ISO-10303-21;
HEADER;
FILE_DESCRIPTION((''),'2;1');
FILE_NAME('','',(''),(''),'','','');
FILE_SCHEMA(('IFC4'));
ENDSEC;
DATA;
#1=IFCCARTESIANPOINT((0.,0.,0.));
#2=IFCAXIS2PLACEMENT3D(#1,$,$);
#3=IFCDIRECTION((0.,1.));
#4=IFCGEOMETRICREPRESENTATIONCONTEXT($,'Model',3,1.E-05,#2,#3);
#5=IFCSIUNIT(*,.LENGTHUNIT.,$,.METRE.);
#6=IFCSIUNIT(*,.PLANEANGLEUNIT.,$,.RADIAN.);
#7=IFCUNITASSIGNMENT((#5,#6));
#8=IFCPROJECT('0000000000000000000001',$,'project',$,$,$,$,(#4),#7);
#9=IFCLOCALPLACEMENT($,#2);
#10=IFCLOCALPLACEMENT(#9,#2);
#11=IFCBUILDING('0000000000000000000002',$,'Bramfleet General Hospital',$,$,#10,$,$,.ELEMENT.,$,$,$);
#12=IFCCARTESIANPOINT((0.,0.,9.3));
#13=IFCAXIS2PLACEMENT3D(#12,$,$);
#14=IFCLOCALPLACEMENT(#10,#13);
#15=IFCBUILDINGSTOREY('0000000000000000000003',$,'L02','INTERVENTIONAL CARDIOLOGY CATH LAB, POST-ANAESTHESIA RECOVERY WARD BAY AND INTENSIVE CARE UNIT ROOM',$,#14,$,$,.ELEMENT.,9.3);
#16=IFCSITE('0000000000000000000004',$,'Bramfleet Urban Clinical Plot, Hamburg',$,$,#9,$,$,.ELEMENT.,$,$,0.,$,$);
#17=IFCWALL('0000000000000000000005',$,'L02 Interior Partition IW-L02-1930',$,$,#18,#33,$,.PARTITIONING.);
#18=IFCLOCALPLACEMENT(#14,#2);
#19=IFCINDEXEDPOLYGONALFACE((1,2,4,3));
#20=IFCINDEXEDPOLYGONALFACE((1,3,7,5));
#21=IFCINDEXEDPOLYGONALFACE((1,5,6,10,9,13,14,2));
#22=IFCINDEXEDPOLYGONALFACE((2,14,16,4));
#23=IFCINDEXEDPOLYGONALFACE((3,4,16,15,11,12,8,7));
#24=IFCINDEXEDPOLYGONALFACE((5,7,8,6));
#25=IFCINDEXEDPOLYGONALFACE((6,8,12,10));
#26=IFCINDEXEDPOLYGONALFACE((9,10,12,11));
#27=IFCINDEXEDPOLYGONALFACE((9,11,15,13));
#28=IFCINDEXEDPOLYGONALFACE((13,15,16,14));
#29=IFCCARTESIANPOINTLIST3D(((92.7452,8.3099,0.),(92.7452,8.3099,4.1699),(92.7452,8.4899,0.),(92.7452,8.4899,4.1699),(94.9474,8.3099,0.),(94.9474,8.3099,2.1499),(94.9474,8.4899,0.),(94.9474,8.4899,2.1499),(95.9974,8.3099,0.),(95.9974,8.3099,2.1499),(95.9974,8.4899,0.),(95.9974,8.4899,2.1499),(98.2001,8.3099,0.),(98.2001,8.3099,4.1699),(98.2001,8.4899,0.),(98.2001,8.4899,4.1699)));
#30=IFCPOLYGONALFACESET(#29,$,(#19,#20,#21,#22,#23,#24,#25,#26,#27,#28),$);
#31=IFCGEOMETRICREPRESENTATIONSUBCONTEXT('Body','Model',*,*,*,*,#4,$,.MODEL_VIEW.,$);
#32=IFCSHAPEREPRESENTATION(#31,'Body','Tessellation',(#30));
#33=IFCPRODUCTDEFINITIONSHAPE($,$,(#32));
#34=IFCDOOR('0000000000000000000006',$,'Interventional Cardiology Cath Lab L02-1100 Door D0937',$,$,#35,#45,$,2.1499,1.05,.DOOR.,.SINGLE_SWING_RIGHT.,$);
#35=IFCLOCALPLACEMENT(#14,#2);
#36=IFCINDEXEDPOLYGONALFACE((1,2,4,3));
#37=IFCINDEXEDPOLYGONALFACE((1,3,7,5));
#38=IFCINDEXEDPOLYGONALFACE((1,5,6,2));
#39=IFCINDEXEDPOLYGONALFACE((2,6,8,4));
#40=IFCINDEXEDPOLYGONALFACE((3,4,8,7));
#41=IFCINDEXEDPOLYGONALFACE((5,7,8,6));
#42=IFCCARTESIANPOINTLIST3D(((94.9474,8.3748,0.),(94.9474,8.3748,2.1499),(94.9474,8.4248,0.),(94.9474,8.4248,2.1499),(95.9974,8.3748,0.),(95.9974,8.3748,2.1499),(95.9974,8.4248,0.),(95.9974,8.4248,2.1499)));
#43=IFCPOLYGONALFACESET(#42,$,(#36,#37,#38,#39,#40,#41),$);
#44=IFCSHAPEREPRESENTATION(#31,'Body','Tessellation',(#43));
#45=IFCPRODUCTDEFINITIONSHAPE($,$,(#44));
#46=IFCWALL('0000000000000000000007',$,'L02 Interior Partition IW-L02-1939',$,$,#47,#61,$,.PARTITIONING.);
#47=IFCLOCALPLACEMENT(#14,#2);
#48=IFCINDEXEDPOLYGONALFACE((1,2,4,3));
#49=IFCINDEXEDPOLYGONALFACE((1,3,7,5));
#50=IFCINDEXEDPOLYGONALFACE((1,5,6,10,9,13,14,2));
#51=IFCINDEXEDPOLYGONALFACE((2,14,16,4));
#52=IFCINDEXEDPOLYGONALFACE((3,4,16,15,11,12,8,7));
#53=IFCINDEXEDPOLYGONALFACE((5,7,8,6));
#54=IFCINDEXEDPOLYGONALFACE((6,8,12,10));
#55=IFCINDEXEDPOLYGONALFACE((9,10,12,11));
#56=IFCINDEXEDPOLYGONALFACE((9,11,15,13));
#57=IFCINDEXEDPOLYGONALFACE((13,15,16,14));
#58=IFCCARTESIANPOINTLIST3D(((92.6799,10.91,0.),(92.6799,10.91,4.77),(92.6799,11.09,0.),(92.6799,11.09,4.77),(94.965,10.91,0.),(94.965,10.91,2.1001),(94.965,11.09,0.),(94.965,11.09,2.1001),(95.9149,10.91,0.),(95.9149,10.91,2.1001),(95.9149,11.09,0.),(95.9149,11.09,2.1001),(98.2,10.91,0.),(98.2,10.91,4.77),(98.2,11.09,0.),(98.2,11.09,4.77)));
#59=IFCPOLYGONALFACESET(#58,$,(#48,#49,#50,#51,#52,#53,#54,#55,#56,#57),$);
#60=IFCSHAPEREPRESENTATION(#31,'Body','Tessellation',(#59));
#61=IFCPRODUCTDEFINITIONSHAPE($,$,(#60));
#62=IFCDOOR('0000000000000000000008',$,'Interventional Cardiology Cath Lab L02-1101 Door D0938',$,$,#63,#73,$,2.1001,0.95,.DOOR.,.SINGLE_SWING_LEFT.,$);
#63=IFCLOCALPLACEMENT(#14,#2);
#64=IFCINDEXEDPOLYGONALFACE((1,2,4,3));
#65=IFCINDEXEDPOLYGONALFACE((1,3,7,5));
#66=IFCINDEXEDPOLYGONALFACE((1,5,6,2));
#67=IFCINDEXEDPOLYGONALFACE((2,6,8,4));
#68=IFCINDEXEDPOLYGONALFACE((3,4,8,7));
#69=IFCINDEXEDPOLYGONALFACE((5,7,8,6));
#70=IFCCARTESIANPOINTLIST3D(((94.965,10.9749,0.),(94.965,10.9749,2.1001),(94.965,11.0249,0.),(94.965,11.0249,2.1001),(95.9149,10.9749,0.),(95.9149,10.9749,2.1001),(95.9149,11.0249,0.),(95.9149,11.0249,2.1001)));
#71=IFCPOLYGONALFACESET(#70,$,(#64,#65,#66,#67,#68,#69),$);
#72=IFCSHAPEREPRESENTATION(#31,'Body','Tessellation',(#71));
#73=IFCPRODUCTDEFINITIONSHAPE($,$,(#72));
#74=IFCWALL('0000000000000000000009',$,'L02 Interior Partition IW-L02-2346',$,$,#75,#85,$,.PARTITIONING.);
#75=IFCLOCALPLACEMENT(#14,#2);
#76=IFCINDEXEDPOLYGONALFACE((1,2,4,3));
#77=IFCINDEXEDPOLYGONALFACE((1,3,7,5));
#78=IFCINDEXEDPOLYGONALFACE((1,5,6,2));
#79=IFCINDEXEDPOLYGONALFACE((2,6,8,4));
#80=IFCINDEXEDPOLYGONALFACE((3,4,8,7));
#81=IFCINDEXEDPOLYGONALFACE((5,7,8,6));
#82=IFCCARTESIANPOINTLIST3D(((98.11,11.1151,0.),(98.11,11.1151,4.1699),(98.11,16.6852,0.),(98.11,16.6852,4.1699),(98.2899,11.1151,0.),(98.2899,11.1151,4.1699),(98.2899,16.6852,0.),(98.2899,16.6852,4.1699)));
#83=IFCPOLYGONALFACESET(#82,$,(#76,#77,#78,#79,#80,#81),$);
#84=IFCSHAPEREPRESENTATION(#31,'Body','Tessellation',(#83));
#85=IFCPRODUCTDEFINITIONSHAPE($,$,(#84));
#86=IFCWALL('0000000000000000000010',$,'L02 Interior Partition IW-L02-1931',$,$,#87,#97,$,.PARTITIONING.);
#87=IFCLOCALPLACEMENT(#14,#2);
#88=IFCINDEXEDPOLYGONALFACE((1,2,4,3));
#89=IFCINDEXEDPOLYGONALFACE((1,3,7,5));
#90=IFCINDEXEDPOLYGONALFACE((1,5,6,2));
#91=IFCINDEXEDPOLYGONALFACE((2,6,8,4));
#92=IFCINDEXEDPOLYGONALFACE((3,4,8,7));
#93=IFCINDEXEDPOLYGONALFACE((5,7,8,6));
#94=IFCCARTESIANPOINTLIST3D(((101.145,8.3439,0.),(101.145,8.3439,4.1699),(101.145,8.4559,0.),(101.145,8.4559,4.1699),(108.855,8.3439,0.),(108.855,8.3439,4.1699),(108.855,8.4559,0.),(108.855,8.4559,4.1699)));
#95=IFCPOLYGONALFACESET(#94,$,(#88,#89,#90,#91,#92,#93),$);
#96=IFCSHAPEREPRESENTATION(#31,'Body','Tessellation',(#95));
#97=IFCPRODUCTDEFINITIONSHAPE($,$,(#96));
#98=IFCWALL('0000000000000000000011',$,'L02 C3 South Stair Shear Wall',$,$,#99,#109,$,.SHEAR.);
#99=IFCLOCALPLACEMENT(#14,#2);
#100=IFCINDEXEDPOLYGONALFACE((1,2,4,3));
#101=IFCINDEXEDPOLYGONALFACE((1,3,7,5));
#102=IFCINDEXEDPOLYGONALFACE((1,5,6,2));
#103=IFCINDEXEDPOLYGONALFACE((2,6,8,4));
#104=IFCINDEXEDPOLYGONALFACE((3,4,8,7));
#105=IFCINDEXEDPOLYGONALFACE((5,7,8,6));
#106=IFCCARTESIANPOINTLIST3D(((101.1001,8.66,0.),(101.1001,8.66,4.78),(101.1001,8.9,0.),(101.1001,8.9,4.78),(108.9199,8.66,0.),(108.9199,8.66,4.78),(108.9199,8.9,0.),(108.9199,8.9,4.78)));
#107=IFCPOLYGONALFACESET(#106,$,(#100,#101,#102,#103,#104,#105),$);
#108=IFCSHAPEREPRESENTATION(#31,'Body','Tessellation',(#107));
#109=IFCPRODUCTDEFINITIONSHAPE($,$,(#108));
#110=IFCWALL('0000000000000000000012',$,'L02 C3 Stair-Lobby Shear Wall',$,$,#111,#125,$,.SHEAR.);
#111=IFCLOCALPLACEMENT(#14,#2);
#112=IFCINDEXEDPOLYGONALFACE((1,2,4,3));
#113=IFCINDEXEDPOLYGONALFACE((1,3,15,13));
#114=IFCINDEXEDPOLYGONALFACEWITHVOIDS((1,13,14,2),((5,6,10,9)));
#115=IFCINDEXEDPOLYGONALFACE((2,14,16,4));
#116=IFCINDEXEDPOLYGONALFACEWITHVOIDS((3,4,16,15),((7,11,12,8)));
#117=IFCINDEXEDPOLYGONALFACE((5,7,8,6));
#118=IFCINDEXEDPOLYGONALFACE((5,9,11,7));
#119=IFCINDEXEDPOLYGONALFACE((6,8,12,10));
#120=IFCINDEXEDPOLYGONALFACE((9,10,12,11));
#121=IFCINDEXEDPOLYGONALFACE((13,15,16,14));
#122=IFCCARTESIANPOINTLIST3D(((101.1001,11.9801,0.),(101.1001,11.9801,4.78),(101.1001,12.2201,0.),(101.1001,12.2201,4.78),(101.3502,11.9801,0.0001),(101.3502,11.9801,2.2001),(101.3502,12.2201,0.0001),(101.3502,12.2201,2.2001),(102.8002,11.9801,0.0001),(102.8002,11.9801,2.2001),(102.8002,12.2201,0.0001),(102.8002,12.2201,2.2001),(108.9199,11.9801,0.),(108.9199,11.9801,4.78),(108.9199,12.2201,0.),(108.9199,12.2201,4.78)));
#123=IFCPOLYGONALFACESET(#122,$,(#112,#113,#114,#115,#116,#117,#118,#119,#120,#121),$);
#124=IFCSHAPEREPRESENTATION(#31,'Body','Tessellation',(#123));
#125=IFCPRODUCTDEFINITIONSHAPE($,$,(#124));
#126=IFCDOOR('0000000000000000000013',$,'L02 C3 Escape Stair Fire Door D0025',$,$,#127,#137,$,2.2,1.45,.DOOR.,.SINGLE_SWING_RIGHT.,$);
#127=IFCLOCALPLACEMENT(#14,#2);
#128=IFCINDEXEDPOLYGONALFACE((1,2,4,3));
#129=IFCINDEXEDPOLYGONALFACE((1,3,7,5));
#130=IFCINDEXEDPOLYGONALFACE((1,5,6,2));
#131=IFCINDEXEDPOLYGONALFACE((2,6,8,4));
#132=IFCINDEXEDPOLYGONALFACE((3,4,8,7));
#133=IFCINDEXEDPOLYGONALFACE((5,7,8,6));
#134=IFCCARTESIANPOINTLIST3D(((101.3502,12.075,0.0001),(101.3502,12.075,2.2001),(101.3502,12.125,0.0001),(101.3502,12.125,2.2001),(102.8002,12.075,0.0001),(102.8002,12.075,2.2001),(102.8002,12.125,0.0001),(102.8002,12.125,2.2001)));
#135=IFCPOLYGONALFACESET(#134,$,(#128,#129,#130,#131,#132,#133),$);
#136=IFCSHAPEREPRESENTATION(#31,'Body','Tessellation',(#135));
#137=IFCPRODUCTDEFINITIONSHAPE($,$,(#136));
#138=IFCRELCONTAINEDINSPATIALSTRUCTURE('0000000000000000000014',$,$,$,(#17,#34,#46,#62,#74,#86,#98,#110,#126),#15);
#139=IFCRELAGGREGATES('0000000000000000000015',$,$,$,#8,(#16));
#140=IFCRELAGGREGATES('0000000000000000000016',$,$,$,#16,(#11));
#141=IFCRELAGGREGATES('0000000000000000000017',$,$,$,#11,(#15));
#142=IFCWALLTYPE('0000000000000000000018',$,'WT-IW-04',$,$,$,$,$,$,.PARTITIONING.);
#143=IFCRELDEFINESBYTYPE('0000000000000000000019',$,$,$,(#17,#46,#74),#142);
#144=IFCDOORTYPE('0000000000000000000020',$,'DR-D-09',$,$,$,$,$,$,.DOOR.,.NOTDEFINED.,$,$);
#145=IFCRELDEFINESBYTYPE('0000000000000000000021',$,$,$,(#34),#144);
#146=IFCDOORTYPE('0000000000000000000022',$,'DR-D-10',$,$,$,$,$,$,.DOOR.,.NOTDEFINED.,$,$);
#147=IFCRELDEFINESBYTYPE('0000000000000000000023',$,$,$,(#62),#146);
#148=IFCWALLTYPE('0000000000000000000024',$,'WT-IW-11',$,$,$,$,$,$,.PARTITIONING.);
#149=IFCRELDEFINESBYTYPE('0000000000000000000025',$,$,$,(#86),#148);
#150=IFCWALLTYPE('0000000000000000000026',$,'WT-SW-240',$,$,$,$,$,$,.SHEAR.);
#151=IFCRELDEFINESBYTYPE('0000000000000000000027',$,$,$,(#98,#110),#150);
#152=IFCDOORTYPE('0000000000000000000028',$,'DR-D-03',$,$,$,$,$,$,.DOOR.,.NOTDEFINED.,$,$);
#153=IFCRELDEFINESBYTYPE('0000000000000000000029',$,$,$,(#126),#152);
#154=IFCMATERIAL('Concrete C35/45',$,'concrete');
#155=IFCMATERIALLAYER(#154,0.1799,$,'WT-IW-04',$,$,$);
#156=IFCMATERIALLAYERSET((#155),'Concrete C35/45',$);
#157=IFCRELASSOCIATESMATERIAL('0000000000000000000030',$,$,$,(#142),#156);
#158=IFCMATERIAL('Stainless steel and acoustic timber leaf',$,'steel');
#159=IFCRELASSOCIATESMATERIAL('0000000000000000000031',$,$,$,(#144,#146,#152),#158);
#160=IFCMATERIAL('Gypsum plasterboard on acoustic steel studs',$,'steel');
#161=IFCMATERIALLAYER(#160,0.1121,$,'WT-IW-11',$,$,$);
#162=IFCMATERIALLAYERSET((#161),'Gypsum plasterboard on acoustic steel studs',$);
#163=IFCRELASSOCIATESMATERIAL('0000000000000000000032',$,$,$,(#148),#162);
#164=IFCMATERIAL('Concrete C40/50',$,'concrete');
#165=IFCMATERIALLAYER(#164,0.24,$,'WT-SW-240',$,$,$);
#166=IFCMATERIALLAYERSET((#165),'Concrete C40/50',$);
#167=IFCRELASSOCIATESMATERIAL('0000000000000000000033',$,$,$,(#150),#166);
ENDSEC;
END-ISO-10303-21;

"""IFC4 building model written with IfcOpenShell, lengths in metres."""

from ifc_helpers import new_model, si_unit, direction, frame, frame_2d, origin, place, context, subcontext, project, spatial, rectangle, extrude, material, layer, layer_set, type_object, element, fill, save


model = new_model("IFC4")

# Units and contexts
model_context = context("Model", 3, precision=1e-05, world=origin(), true_north=direction((0.0, 1.0)))
body_context = subcontext(model_context, "Body", "Model", "MODEL_VIEW")
ifc_project = project(units=[si_unit("LENGTHUNIT", "METRE"), si_unit("PLANEANGLEUNIT", "RADIAN")], contexts=[model_context])

# Site, building, storey
site_placement = place(None, origin())
site = spatial("IfcSite", under=ifc_project, at=site_placement, Name="Bramfleet Urban Clinical Plot, Hamburg", CompositionType="ELEMENT", RefElevation=0.0)
building_placement = place(site_placement, origin())
building = spatial("IfcBuilding", under=site, at=building_placement, Name="Bramfleet General Hospital", CompositionType="ELEMENT")
storey_placement = place(building_placement, frame((0.0, 0.0, 9.3)))
storey = spatial("IfcBuildingStorey", under=building, at=storey_placement, Name="L02", Description="INTERVENTIONAL CARDIOLOGY CATH LAB, POST-ANAESTHESIA RECOVERY WARD BAY AND INTENSIVE CARE UNIT ROOM", CompositionType="ELEMENT", Elevation=9.3)

# Shared definitions
ifc_material_1 = material(Name="Concrete C40/50", Category="concrete")

# Shared definitions
ifc_material_2 = material(Name="Concrete C35/45", Category="concrete")

# Walls, openings, doors
ifc_material_3 = material(Name="Stainless steel and acoustic timber leaf", Category="steel")
ifc_layer_1 = layer(ifc_material_2, 0.1799, Name="WT-IW-04")
ifc_layer_set_1 = layer_set([ifc_layer_1], Name="Concrete C35/45")
wall_type_1 = type_object("IfcWallType", Name="WT-IW-04", PredefinedType="PARTITIONING", material=ifc_layer_set_1)
wall_1_placement = place(storey_placement, frame((92.7451, 8.3999, 0.0), z_axis=(0.0, 0.0, 1.0), x_axis=(1.0, 0.0, 0.0)))
wall_1 = element("IfcWall", 1, at=wall_1_placement, inside=storey, type_object=wall_type_1, Name="L02 Interior Partition IW-L02-1930", PredefinedType="PARTITIONING", context=body_context, shape_type="SweptSolid", body=[
    extrude(rectangle(XDim=5.4548, YDim=0.1799, at=frame_2d((2.7275, 0.0))), origin(), (0.0, 0.0, 1.0), 4.1699),
])
opening_1_placement = place(wall_1_placement, frame((2.2024, 0.0, 0.0)))
opening_1 = element("IfcOpeningElement", 2, at=opening_1_placement, cuts=wall_1, PredefinedType="OPENING", context=body_context, shape_type="SweptSolid", body=[
    extrude(rectangle(XDim=1.05, YDim=2.1499, at=frame_2d((0.5249, 1.075))), frame((0.0, 0.0999, 0.0), z_axis=(0.0, -1.0, 0.0), x_axis=(1.0, 0.0, 0.0)), (0.0, 0.0, 1.0), 0.2),
])
door_type_1 = type_object("IfcDoorType", Name="DR-D-09", OperationType="NOTDEFINED", PredefinedType="DOOR", material=ifc_material_3)
door_1_placement = place(opening_1_placement, origin())
door_1 = element("IfcDoor", 3, at=door_1_placement, inside=storey, type_object=door_type_1, Name="Interventional Cardiology Cath Lab L02-1100 Door D0937", OperationType="SINGLE_SWING_RIGHT", OverallHeight=2.1499, OverallWidth=1.05, PredefinedType="DOOR", context=body_context, shape_type="SweptSolid", body=[
    extrude(rectangle(XDim=1.05, YDim=2.1499, at=frame_2d((0.5249, 1.075))), frame((0.0, 0.0249, 0.0), z_axis=(0.0, -1.0, 0.0), x_axis=(1.0, 0.0, 0.0)), (0.0, 0.0, 1.0), 0.05),
])
fill(opening_1, door_1)
wall_2_placement = place(storey_placement, frame((92.6799, 11.0, 0.0), z_axis=(0.0, 0.0, 1.0), x_axis=(1.0, 0.0, 0.0)))
wall_2 = element("IfcWall", 4, at=wall_2_placement, inside=storey, type_object=wall_type_1, Name="L02 Interior Partition IW-L02-1939", PredefinedType="PARTITIONING", context=body_context, shape_type="SweptSolid", body=[
    extrude(rectangle(XDim=5.52, YDim=0.1799, at=frame_2d((2.76, 0.0))), origin(), (0.0, 0.0, 1.0), 4.77),
])
opening_2_placement = place(wall_2_placement, frame((2.2849, 0.0, 0.0)))
opening_2 = element("IfcOpeningElement", 5, at=opening_2_placement, cuts=wall_2, PredefinedType="OPENING", context=body_context, shape_type="SweptSolid", body=[
    extrude(rectangle(XDim=0.95, YDim=2.1001, at=frame_2d((0.4751, 1.05))), frame((0.0, 0.0999, 0.0), z_axis=(0.0, -1.0, 0.0), x_axis=(1.0, 0.0, 0.0)), (0.0, 0.0, 1.0), 0.2),
])
door_type_2 = type_object("IfcDoorType", Name="DR-D-10", OperationType="NOTDEFINED", PredefinedType="DOOR", material=ifc_material_3)
door_2_placement = place(opening_2_placement, origin())
door_2 = element("IfcDoor", 6, at=door_2_placement, inside=storey, type_object=door_type_2, Name="Interventional Cardiology Cath Lab L02-1101 Door D0938", OperationType="SINGLE_SWING_LEFT", OverallHeight=2.1001, OverallWidth=0.95, PredefinedType="DOOR", context=body_context, shape_type="SweptSolid", body=[
    extrude(rectangle(XDim=0.95, YDim=2.1001, at=frame_2d((0.4751, 1.05))), frame((0.0, 0.0249, 0.0), z_axis=(0.0, -1.0, 0.0), x_axis=(1.0, 0.0, 0.0)), (0.0, 0.0, 1.0), 0.05),
])
fill(opening_2, door_2)

# Walls
wall_3_placement = place(storey_placement, frame((98.2, 11.115, 0.0), z_axis=(0.0, 0.0, 1.0), x_axis=(0.0, 1.0, 0.0)))
element("IfcWall", 7, at=wall_3_placement, inside=storey, type_object=wall_type_1, Name="L02 Interior Partition IW-L02-2346", PredefinedType="PARTITIONING", context=body_context, shape_type="SweptSolid", body=[
    extrude(rectangle(XDim=5.5701, YDim=0.1799, at=frame_2d((2.7852, 0.0))), origin(), (0.0, 0.0, 1.0), 4.1699),
])
ifc_material_4 = material(Name="Gypsum plasterboard on acoustic steel studs", Category="steel")
ifc_layer_2 = layer(ifc_material_4, 0.1121, Name="WT-IW-11")
ifc_layer_set_2 = layer_set([ifc_layer_2], Name="Gypsum plasterboard on acoustic steel studs")
wall_type_2 = type_object("IfcWallType", Name="WT-IW-11", PredefinedType="PARTITIONING", material=ifc_layer_set_2)
wall_4_placement = place(storey_placement, frame((101.145, 8.3999, 0.0), z_axis=(0.0, 0.0, 1.0), x_axis=(1.0, 0.0, 0.0)))
element("IfcWall", 8, at=wall_4_placement, inside=storey, type_object=wall_type_2, Name="L02 Interior Partition IW-L02-1931", PredefinedType="PARTITIONING", context=body_context, shape_type="SweptSolid", body=[
    extrude(rectangle(XDim=7.71, YDim=0.1121, at=frame_2d((3.855, 0.0))), origin(), (0.0, 0.0, 1.0), 4.1699),
])
ifc_layer_3 = layer(ifc_material_1, 0.24, Name="WT-SW-240")
ifc_layer_set_3 = layer_set([ifc_layer_3], Name="Concrete C40/50")
wall_type_3 = type_object("IfcWallType", Name="WT-SW-240", PredefinedType="SHEAR", material=ifc_layer_set_3)
wall_5_placement = place(storey_placement, frame((101.1001, 8.78, 0.0), z_axis=(0.0, 0.0, 1.0), x_axis=(1.0, 0.0, 0.0)))
element("IfcWall", 9, at=wall_5_placement, inside=storey, type_object=wall_type_3, Name="L02 C3 South Stair Shear Wall", PredefinedType="SHEAR", context=body_context, shape_type="SweptSolid", body=[
    extrude(rectangle(XDim=7.8198, YDim=0.24, at=frame_2d((3.9099, 0.0))), origin(), (0.0, 0.0, 1.0), 4.78),
])

# Wall, opening, door
wall_6_placement = place(storey_placement, frame((101.1001, 12.1001, 0.0), z_axis=(0.0, 0.0, 1.0), x_axis=(1.0, 0.0, 0.0)))
wall_6 = element("IfcWall", 10, at=wall_6_placement, inside=storey, type_object=wall_type_3, Name="L02 C3 Stair-Lobby Shear Wall", PredefinedType="SHEAR", context=body_context, shape_type="SweptSolid", body=[
    extrude(rectangle(XDim=7.8198, YDim=0.24, at=frame_2d((3.9099, 0.0))), origin(), (0.0, 0.0, 1.0), 4.78),
])
opening_3_placement = place(wall_6_placement, frame((0.25, 0.0, 0.0)))
opening_3 = element("IfcOpeningElement", 11, at=opening_3_placement, cuts=wall_6, PredefinedType="OPENING", context=body_context, shape_type="SweptSolid", body=[
    extrude(rectangle(XDim=1.45, YDim=2.2, at=frame_2d((0.7251, 1.1001))), frame((0.0, 0.1299, 0.0), z_axis=(0.0, -1.0, 0.0), x_axis=(1.0, 0.0, 0.0)), (0.0, 0.0, 1.0), 0.26),
])
door_type_3 = type_object("IfcDoorType", Name="DR-D-03", OperationType="NOTDEFINED", PredefinedType="DOOR", material=ifc_material_3)
door_3_placement = place(opening_3_placement, origin())
door_3 = element("IfcDoor", 12, at=door_3_placement, inside=storey, type_object=door_type_3, Name="L02 C3 Escape Stair Fire Door D0025", OperationType="SINGLE_SWING_RIGHT", OverallHeight=2.2, OverallWidth=1.45, PredefinedType="DOOR", context=body_context, shape_type="SweptSolid", body=[
    extrude(rectangle(XDim=1.45, YDim=2.2, at=frame_2d((0.7251, 1.1001))), frame((0.0, 0.0249, 0.0), z_axis=(0.0, -1.0, 0.0), x_axis=(1.0, 0.0, 0.0)), (0.0, 0.0, 1.0), 0.05),
])
fill(opening_3, door_3)

save(model, "model.ifc")
